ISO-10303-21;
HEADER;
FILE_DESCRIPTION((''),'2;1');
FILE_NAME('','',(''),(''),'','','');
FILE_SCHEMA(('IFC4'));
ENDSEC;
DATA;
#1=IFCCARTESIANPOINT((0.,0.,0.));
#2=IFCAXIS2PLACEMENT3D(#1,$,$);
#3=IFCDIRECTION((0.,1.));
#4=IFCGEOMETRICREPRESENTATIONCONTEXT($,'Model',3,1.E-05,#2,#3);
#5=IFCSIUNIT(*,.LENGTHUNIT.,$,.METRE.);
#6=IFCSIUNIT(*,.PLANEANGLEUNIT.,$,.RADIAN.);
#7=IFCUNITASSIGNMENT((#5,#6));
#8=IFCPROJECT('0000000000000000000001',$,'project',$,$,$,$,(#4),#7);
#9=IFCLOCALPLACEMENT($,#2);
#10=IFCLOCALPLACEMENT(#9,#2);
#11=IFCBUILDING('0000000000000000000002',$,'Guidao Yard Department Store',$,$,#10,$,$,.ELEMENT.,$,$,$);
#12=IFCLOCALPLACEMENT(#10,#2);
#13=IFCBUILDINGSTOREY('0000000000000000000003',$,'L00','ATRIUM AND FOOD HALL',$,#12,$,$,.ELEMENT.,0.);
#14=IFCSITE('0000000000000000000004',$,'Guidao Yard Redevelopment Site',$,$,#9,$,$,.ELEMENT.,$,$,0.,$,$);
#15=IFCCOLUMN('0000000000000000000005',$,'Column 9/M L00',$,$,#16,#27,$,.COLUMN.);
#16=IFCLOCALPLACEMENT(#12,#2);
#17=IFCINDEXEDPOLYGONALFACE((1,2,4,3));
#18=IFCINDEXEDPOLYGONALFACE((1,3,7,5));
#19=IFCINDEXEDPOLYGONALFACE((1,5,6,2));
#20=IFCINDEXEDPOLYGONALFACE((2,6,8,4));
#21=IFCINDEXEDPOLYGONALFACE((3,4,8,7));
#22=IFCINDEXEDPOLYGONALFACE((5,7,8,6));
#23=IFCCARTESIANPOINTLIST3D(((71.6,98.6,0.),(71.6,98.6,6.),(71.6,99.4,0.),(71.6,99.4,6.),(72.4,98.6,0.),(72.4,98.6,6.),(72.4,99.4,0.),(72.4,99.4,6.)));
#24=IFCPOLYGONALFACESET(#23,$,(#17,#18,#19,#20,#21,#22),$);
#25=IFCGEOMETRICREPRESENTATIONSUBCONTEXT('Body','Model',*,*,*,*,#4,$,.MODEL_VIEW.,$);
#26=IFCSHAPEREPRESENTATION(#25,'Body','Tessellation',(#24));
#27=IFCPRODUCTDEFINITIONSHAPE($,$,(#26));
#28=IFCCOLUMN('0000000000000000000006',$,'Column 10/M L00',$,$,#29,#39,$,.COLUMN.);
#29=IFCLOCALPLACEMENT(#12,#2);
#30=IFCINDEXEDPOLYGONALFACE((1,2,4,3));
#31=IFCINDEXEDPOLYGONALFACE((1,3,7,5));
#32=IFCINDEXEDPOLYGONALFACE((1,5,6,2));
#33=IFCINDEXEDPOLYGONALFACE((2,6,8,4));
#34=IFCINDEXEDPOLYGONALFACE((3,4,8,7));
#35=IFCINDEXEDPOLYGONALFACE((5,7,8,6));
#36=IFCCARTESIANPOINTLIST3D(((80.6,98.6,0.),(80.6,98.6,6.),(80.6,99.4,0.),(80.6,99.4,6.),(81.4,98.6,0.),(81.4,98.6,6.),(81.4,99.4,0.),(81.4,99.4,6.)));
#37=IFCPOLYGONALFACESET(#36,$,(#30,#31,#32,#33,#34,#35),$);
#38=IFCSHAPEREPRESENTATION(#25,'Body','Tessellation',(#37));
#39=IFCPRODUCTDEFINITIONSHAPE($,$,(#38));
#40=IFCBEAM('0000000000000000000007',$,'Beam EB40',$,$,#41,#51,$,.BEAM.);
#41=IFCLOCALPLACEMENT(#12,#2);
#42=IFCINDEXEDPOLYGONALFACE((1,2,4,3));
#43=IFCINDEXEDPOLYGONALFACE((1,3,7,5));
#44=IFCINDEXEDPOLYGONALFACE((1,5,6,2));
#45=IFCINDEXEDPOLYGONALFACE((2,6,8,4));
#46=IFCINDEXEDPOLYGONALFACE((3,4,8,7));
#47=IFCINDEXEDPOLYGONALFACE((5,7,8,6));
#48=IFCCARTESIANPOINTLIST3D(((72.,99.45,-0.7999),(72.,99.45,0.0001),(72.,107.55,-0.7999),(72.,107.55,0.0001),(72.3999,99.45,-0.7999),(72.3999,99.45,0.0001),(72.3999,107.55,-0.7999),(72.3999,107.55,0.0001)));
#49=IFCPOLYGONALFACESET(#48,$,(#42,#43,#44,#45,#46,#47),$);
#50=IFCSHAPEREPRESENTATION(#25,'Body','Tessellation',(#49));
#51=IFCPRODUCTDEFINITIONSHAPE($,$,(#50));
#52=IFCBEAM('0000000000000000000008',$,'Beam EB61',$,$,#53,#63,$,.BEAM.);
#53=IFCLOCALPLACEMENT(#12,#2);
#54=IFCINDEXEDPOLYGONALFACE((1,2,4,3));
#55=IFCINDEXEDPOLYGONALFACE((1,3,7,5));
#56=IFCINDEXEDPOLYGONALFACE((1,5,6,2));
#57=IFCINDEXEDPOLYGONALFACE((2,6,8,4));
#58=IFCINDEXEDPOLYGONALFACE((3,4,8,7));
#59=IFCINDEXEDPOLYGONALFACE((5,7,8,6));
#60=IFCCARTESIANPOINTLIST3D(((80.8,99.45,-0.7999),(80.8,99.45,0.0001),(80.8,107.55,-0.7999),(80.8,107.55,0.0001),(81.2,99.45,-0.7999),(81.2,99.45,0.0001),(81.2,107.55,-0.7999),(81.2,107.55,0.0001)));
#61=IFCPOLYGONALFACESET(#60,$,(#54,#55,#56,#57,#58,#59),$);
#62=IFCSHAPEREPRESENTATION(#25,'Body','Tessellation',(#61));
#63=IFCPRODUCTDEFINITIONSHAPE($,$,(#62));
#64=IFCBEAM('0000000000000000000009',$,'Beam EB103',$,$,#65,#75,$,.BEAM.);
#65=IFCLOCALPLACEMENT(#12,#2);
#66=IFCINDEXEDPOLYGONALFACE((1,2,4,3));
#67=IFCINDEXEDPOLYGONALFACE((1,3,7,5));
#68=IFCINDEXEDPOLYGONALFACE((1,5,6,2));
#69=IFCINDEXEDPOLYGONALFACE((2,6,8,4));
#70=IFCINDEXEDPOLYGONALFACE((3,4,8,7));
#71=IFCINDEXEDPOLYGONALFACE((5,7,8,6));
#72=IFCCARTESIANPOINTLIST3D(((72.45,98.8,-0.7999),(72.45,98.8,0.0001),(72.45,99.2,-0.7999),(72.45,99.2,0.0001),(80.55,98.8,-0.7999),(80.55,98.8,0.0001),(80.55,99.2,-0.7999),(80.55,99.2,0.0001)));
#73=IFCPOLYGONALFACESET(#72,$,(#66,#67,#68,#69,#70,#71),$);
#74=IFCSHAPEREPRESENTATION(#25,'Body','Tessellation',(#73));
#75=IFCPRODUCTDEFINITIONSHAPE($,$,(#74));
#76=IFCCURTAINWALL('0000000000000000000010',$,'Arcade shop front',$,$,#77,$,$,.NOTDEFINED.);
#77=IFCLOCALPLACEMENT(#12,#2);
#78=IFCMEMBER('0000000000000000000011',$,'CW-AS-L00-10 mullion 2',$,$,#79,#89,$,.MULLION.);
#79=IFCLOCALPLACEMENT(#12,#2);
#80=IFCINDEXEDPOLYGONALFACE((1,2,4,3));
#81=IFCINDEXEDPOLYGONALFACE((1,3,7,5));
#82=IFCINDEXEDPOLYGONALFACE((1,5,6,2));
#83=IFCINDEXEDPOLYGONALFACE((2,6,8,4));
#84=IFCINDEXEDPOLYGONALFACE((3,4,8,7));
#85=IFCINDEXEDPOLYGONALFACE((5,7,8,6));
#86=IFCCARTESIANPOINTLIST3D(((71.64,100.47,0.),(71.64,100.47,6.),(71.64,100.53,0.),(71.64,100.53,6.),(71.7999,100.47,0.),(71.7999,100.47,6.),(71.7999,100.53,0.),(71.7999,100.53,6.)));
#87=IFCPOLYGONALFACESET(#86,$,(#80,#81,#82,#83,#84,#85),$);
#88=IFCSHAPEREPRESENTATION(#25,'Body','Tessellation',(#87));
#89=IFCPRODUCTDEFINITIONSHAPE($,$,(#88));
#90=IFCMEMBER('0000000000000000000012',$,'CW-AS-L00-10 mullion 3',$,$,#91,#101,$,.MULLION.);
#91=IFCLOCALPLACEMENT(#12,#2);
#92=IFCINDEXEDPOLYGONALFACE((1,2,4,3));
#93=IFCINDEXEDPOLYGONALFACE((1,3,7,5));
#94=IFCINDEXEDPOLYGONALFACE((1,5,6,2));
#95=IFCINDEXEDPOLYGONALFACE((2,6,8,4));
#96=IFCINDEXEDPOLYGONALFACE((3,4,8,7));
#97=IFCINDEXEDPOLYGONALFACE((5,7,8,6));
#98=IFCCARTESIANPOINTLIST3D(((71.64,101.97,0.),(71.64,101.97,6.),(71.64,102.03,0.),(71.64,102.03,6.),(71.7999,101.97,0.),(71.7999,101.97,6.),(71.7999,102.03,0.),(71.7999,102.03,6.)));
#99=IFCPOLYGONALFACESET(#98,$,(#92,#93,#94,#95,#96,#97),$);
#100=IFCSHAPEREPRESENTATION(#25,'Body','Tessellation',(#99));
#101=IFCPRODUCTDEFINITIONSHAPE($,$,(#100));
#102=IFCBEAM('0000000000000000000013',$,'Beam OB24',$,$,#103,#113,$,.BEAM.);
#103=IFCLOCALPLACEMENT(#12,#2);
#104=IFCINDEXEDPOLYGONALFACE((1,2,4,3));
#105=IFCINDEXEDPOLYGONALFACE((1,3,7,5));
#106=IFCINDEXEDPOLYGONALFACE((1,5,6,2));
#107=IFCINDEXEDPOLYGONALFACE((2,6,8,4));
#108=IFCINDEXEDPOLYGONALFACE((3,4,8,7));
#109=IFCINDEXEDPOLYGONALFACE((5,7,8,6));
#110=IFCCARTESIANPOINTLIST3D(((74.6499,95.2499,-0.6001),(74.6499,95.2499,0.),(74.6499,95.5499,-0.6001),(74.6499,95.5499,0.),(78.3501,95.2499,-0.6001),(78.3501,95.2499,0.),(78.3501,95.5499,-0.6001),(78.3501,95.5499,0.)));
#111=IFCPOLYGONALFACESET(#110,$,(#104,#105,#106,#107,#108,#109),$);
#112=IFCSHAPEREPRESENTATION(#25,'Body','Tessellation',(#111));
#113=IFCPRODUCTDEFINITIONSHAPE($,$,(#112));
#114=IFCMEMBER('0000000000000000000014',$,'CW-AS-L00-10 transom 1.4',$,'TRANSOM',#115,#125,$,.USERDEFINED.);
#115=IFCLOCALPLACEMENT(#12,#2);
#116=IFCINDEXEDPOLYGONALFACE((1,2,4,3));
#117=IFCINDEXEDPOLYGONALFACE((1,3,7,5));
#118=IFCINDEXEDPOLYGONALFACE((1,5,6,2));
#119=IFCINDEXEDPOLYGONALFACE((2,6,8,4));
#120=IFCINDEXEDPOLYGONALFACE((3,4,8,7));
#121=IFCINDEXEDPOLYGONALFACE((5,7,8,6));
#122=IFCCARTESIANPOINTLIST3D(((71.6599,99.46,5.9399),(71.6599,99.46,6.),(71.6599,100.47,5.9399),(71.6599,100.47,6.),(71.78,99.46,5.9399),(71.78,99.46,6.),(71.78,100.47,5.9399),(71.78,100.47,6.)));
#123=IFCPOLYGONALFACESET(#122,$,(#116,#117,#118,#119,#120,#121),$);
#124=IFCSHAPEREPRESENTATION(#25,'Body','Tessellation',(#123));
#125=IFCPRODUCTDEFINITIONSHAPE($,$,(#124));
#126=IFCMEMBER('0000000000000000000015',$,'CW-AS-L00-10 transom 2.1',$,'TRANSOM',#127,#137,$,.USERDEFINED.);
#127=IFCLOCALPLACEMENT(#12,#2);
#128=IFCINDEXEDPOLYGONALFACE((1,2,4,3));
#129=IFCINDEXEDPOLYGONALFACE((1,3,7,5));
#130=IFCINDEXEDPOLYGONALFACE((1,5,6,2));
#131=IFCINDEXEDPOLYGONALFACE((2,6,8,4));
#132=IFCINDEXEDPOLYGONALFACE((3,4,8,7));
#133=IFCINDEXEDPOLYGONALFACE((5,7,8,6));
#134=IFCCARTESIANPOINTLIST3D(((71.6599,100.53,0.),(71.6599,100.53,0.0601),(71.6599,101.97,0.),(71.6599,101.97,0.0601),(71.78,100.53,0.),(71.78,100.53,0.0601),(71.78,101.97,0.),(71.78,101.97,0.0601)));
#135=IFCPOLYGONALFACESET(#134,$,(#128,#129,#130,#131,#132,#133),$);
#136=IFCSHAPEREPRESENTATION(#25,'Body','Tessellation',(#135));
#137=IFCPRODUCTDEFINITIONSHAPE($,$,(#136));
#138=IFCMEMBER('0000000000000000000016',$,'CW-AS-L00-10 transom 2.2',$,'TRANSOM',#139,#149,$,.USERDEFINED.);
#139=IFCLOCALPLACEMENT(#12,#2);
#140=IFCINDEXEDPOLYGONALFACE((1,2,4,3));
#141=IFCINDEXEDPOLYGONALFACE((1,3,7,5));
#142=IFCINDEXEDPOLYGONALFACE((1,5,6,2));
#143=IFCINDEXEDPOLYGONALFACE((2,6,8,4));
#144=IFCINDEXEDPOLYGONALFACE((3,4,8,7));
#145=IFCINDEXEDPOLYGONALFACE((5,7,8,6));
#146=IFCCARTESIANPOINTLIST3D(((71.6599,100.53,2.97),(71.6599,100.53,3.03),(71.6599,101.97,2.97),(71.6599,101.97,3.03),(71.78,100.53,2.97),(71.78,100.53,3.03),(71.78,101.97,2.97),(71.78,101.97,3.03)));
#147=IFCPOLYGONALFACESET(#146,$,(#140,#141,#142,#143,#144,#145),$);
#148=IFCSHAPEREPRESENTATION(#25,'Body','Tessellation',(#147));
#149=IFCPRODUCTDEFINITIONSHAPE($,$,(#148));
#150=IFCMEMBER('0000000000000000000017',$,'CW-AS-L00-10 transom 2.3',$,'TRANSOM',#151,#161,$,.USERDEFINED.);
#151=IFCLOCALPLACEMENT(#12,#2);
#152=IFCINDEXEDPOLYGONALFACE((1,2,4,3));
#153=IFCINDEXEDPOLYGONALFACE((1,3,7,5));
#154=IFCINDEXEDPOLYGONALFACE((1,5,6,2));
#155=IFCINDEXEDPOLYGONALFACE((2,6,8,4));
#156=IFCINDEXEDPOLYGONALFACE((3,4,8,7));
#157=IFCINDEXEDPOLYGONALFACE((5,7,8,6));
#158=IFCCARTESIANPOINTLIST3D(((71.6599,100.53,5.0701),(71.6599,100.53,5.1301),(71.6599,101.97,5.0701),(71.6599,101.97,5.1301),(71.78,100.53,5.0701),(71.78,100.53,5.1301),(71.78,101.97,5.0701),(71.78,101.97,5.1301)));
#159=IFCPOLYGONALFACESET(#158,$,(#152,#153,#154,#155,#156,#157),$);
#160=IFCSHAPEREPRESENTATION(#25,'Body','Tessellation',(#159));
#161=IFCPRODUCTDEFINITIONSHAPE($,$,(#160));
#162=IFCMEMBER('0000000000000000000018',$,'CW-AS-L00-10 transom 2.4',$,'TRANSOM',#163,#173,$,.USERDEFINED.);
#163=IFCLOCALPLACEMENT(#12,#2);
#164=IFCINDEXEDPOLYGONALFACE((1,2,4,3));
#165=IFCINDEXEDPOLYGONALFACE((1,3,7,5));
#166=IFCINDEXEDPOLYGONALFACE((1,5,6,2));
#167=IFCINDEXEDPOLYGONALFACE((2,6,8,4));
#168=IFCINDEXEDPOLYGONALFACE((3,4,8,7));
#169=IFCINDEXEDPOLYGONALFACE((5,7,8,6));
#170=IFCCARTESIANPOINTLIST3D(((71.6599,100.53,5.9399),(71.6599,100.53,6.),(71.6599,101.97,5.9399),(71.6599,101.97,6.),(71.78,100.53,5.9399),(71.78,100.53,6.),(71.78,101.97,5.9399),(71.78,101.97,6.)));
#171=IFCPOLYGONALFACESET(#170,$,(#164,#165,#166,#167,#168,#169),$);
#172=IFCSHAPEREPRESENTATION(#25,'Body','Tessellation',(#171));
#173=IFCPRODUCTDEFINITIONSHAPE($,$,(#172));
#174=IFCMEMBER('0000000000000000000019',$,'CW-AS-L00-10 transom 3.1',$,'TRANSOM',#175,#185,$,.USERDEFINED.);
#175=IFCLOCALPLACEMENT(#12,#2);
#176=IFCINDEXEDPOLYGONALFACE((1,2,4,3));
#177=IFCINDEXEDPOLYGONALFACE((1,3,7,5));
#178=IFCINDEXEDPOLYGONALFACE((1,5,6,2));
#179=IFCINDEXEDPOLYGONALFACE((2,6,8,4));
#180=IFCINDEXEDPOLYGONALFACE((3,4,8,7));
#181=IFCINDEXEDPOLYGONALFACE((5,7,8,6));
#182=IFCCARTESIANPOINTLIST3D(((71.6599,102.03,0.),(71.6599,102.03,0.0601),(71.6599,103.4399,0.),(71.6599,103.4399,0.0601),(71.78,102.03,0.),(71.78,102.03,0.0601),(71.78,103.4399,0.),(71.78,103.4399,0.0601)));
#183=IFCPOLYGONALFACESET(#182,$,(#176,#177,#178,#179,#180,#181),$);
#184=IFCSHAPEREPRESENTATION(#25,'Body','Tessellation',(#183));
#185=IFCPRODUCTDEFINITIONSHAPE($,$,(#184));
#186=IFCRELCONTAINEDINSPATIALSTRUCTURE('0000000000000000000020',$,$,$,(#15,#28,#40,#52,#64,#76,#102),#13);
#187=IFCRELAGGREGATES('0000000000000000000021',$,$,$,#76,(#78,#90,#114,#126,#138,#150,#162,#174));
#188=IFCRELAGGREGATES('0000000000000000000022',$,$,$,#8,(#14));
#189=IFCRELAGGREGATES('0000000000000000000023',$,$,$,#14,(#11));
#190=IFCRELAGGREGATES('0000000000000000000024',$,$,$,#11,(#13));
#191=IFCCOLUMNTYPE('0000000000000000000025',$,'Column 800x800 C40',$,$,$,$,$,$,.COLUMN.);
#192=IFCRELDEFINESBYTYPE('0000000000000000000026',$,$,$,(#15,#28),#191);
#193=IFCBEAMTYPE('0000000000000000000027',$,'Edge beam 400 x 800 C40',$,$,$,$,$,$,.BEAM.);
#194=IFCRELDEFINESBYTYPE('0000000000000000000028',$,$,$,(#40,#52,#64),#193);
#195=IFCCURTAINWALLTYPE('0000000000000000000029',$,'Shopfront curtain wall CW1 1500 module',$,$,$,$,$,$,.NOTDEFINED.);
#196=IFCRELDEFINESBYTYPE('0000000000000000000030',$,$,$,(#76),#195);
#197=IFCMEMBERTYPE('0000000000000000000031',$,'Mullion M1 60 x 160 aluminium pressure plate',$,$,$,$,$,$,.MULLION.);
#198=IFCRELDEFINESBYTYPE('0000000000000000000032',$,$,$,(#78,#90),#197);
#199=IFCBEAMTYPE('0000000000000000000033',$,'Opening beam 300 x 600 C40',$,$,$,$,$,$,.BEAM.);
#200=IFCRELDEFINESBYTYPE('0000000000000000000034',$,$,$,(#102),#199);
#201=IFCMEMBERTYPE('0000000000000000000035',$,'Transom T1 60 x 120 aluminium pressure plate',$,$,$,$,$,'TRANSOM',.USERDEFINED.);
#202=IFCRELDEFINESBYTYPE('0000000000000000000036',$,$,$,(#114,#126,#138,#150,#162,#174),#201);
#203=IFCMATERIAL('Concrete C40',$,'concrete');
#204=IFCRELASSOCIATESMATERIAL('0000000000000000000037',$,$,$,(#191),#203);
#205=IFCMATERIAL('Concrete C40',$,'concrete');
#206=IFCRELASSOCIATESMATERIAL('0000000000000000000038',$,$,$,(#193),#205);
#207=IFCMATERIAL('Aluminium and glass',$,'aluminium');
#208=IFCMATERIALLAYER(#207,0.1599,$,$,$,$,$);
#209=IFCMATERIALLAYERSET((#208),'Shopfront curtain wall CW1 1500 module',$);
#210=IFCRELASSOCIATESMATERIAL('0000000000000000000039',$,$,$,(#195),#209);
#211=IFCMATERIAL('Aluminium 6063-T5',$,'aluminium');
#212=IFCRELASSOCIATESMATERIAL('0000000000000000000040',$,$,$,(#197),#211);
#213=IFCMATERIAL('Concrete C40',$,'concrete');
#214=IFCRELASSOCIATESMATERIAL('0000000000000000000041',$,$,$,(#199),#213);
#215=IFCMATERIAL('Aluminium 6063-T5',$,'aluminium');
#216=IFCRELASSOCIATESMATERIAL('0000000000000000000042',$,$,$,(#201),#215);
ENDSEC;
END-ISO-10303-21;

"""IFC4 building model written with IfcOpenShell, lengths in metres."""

from ifc_helpers import new_model, si_unit, direction, frame, origin, origin_2d, place, context, subcontext, project, spatial, rectangle, extrude, material, layer, layer_set, material_profile, profile_set, type_object, element, aggregate, save


model = new_model("IFC4")

# Units and contexts
model_context = context("Model", 3, precision=1e-05, world=origin(), true_north=direction((0.0, 1.0)))
body_context = subcontext(model_context, "Body", "Model", "MODEL_VIEW")
ifc_project = project(units=[si_unit("LENGTHUNIT", "METRE"), si_unit("PLANEANGLEUNIT", "RADIAN")], contexts=[model_context])

# Site, building, storey
site_placement = place(None, origin())
site = spatial("IfcSite", under=ifc_project, at=site_placement, Name="Guidao Yard Redevelopment Site", CompositionType="ELEMENT", RefElevation=0.0)
building_placement = place(site_placement, origin())
building = spatial("IfcBuilding", under=site, at=building_placement, Name="Guidao Yard Department Store", CompositionType="ELEMENT")
storey_placement = place(building_placement, origin())
storey = spatial("IfcBuildingStorey", under=building, at=storey_placement, Name="L00", Description="ATRIUM AND FOOD HALL", CompositionType="ELEMENT", Elevation=0.0)

# Columns
ifc_material_1 = material(Name="Concrete C40", Category="concrete")
ifc_material_profile_1 = material_profile(ifc_material_1, rectangle(XDim=0.8, YDim=0.8, at=origin_2d()), Name="COL 800x800")
ifc_profile_set_1 = profile_set([ifc_material_profile_1], Name="Concrete C40")
column_type = type_object("IfcColumnType", Name="Column 800x800 C40", PredefinedType="COLUMN", material=ifc_profile_set_1)
for number, where, z_axis, x_axis, name in (
    (1, (72.0, 99.0, 0.0), (0.0, 0.0, 1.0), (1.0, 0.0, 0.0), "Column 9/M L00"),
    (2, (81.0, 99.0, 0.0), (0.0, 0.0, 1.0), (1.0, 0.0, 0.0), "Column 10/M L00"),
):
    element("IfcColumn", number, at=place(storey_placement, frame(where, z_axis=z_axis, x_axis=x_axis)), inside=storey, type_object=column_type, Name=name, PredefinedType="COLUMN", context=body_context, shape_type="SweptSolid", body=[
        extrude(rectangle(XDim=0.8, YDim=0.8, at=origin_2d()), origin(), (0.0, 0.0, 1.0), 6.0),
    ])

# Beams
ifc_material_2 = material(Name="Concrete C40", Category="concrete")
ifc_material_profile_2 = material_profile(ifc_material_2, rectangle(XDim=0.3999, YDim=0.8, at=origin_2d()), Name="Edge beam 400 x 800 C40")
ifc_profile_set_2 = profile_set([ifc_material_profile_2], Name="Concrete C40")
beam_type_1 = type_object("IfcBeamType", Name="Edge beam 400 x 800 C40", PredefinedType="BEAM", material=ifc_profile_set_2)
for number, where, z_axis, x_axis, name in (
    (3, (72.2, 99.45, -0.3999), (0.0, 1.0, 0.0), (-1.0, 0.0, 0.0), "Beam EB40"),
    (4, (81.0, 99.45, -0.3999), (0.0, 1.0, 0.0), (-1.0, 0.0, 0.0), "Beam EB61"),
    (5, (72.45, 99.0, -0.3999), (1.0, 0.0, 0.0), (0.0, 1.0, 0.0), "Beam EB103"),
):
    element("IfcBeam", number, at=place(storey_placement, frame(where, z_axis=z_axis, x_axis=x_axis)), inside=storey, type_object=beam_type_1, Name=name, PredefinedType="BEAM", context=body_context, shape_type="SweptSolid", body=[
        extrude(rectangle(XDim=0.3999, YDim=0.8, at=origin_2d()), origin(), (0.0, 0.0, 1.0), 8.1001),
    ])

# Curtain wall, members
ifc_material_3 = material(Name="Aluminium and glass", Category="aluminium")
ifc_layer_1 = layer(ifc_material_3, 0.1599)
ifc_layer_set_1 = layer_set([ifc_layer_1], Name="Shopfront curtain wall CW1 1500 module")
curtain_wall_type = type_object("IfcCurtainWallType", Name="Shopfront curtain wall CW1 1500 module", PredefinedType="NOTDEFINED", material=ifc_layer_set_1)
curtain_wall_placement = place(storey_placement, origin())
curtain_wall = element("IfcCurtainWall", 6, at=curtain_wall_placement, inside=storey, type_object=curtain_wall_type, Name="Arcade shop front", PredefinedType="NOTDEFINED")
ifc_material_4 = material(Name="Aluminium 6063-T5", Category="aluminium")
ifc_material_profile_3 = material_profile(ifc_material_4, rectangle(XDim=0.0601, YDim=0.1599, at=origin_2d()), Name="Mullion M1 60 x 160 aluminium pressure plate")
ifc_profile_set_3 = profile_set([ifc_material_profile_3], Name="Aluminium 6063-T5")
member_type_1 = type_object("IfcMemberType", Name="Mullion M1 60 x 160 aluminium pressure plate", PredefinedType="MULLION", material=ifc_profile_set_3)
member_1_placement = place(storey_placement, frame((71.72, 100.5, 0.0), z_axis=(0.0, 0.0, 1.0), x_axis=(0.0, 1.0, 0.0)))
member_1 = element("IfcMember", 7, at=member_1_placement, type_object=member_type_1, Name="CW-AS-L00-10 mullion 2", PredefinedType="MULLION", context=body_context, shape_type="SweptSolid", body=[
    extrude(rectangle(XDim=0.0601, YDim=0.1599, at=origin_2d()), origin(), (0.0, 0.0, 1.0), 6.0),
])
member_2_placement = place(storey_placement, frame((71.72, 102.0, 0.0), z_axis=(0.0, 0.0, 1.0), x_axis=(0.0, 1.0, 0.0)))
member_2 = element("IfcMember", 8, at=member_2_placement, type_object=member_type_1, Name="CW-AS-L00-10 mullion 3", PredefinedType="MULLION", context=body_context, shape_type="SweptSolid", body=[
    extrude(rectangle(XDim=0.0601, YDim=0.1599, at=origin_2d()), origin(), (0.0, 0.0, 1.0), 6.0),
])

# Beam
ifc_material_5 = material(Name="Concrete C40", Category="concrete")
ifc_material_profile_4 = material_profile(ifc_material_5, rectangle(XDim=0.3, YDim=0.6001, at=origin_2d()), Name="Opening beam 300 x 600 C40")
ifc_profile_set_4 = profile_set([ifc_material_profile_4], Name="Concrete C40")
beam_type_2 = type_object("IfcBeamType", Name="Opening beam 300 x 600 C40", PredefinedType="BEAM", material=ifc_profile_set_4)
beam_placement = place(storey_placement, frame((74.6499, 95.3999, -0.3), z_axis=(1.0, 0.0, 0.0), x_axis=(0.0, 1.0, 0.0)))
element("IfcBeam", 9, at=beam_placement, inside=storey, type_object=beam_type_2, Name="Beam OB24", PredefinedType="BEAM", context=body_context, shape_type="SweptSolid", body=[
    extrude(rectangle(XDim=0.3, YDim=0.6001, at=origin_2d()), origin(), (0.0, 0.0, 1.0), 3.7002),
])

# Members
ifc_material_6 = material(Name="Aluminium 6063-T5", Category="aluminium")
ifc_material_profile_5 = material_profile(ifc_material_6, rectangle(XDim=0.1201, YDim=0.0601, at=origin_2d()), Name="Transom T1 60 x 120 aluminium pressure plate")
ifc_profile_set_5 = profile_set([ifc_material_profile_5], Name="Aluminium 6063-T5")
member_type_2 = type_object("IfcMemberType", Name="Transom T1 60 x 120 aluminium pressure plate", ElementType="TRANSOM", PredefinedType="USERDEFINED", material=ifc_profile_set_5)
member_3_placement = place(storey_placement, frame((71.72, 99.46, 5.97), z_axis=(0.0, 1.0, 0.0), x_axis=(-1.0, 0.0, 0.0)))
member_3 = element("IfcMember", 10, at=member_3_placement, type_object=member_type_2, Name="CW-AS-L00-10 transom 1.4", ObjectType="TRANSOM", PredefinedType="USERDEFINED", context=body_context, shape_type="SweptSolid", body=[
    extrude(rectangle(XDim=0.1201, YDim=0.0601, at=origin_2d()), origin(), (0.0, 0.0, 1.0), 1.01),
])
member_4_placement = place(storey_placement, frame((71.72, 100.53, 0.03), z_axis=(0.0, 1.0, 0.0), x_axis=(-1.0, 0.0, 0.0)))
member_4 = element("IfcMember", 11, at=member_4_placement, type_object=member_type_2, Name="CW-AS-L00-10 transom 2.1", ObjectType="TRANSOM", PredefinedType="USERDEFINED", context=body_context, shape_type="SweptSolid", body=[
    extrude(rectangle(XDim=0.1201, YDim=0.0601, at=origin_2d()), origin(), (0.0, 0.0, 1.0), 1.4399),
])
member_5_placement = place(storey_placement, frame((71.72, 100.53, 3.0), z_axis=(0.0, 1.0, 0.0), x_axis=(-1.0, 0.0, 0.0)))
member_5 = element("IfcMember", 12, at=member_5_placement, type_object=member_type_2, Name="CW-AS-L00-10 transom 2.2", ObjectType="TRANSOM", PredefinedType="USERDEFINED", context=body_context, shape_type="SweptSolid", body=[
    extrude(rectangle(XDim=0.1201, YDim=0.0601, at=origin_2d()), origin(), (0.0, 0.0, 1.0), 1.4399),
])
member_6_placement = place(storey_placement, frame((71.72, 100.53, 5.1001), z_axis=(0.0, 1.0, 0.0), x_axis=(-1.0, 0.0, 0.0)))
member_6 = element("IfcMember", 13, at=member_6_placement, type_object=member_type_2, Name="CW-AS-L00-10 transom 2.3", ObjectType="TRANSOM", PredefinedType="USERDEFINED", context=body_context, shape_type="SweptSolid", body=[
    extrude(rectangle(XDim=0.1201, YDim=0.0601, at=origin_2d()), origin(), (0.0, 0.0, 1.0), 1.4399),
])
member_7_placement = place(storey_placement, frame((71.72, 100.53, 5.97), z_axis=(0.0, 1.0, 0.0), x_axis=(-1.0, 0.0, 0.0)))
member_7 = element("IfcMember", 14, at=member_7_placement, type_object=member_type_2, Name="CW-AS-L00-10 transom 2.4", ObjectType="TRANSOM", PredefinedType="USERDEFINED", context=body_context, shape_type="SweptSolid", body=[
    extrude(rectangle(XDim=0.1201, YDim=0.0601, at=origin_2d()), origin(), (0.0, 0.0, 1.0), 1.4399),
])
member_8_placement = place(storey_placement, frame((71.72, 102.03, 0.03), z_axis=(0.0, 1.0, 0.0), x_axis=(-1.0, 0.0, 0.0)))
member_8 = element("IfcMember", 15, at=member_8_placement, type_object=member_type_2, Name="CW-AS-L00-10 transom 3.1", ObjectType="TRANSOM", PredefinedType="USERDEFINED", context=body_context, shape_type="SweptSolid", body=[
    extrude(rectangle(XDim=0.1201, YDim=0.0601, at=origin_2d()), origin(), (0.0, 0.0, 1.0), 1.4099),
])

aggregate(curtain_wall, [member_1, member_2, member_3, member_4, member_5, member_6, member_7, member_8])

save(model, "model.ifc")
